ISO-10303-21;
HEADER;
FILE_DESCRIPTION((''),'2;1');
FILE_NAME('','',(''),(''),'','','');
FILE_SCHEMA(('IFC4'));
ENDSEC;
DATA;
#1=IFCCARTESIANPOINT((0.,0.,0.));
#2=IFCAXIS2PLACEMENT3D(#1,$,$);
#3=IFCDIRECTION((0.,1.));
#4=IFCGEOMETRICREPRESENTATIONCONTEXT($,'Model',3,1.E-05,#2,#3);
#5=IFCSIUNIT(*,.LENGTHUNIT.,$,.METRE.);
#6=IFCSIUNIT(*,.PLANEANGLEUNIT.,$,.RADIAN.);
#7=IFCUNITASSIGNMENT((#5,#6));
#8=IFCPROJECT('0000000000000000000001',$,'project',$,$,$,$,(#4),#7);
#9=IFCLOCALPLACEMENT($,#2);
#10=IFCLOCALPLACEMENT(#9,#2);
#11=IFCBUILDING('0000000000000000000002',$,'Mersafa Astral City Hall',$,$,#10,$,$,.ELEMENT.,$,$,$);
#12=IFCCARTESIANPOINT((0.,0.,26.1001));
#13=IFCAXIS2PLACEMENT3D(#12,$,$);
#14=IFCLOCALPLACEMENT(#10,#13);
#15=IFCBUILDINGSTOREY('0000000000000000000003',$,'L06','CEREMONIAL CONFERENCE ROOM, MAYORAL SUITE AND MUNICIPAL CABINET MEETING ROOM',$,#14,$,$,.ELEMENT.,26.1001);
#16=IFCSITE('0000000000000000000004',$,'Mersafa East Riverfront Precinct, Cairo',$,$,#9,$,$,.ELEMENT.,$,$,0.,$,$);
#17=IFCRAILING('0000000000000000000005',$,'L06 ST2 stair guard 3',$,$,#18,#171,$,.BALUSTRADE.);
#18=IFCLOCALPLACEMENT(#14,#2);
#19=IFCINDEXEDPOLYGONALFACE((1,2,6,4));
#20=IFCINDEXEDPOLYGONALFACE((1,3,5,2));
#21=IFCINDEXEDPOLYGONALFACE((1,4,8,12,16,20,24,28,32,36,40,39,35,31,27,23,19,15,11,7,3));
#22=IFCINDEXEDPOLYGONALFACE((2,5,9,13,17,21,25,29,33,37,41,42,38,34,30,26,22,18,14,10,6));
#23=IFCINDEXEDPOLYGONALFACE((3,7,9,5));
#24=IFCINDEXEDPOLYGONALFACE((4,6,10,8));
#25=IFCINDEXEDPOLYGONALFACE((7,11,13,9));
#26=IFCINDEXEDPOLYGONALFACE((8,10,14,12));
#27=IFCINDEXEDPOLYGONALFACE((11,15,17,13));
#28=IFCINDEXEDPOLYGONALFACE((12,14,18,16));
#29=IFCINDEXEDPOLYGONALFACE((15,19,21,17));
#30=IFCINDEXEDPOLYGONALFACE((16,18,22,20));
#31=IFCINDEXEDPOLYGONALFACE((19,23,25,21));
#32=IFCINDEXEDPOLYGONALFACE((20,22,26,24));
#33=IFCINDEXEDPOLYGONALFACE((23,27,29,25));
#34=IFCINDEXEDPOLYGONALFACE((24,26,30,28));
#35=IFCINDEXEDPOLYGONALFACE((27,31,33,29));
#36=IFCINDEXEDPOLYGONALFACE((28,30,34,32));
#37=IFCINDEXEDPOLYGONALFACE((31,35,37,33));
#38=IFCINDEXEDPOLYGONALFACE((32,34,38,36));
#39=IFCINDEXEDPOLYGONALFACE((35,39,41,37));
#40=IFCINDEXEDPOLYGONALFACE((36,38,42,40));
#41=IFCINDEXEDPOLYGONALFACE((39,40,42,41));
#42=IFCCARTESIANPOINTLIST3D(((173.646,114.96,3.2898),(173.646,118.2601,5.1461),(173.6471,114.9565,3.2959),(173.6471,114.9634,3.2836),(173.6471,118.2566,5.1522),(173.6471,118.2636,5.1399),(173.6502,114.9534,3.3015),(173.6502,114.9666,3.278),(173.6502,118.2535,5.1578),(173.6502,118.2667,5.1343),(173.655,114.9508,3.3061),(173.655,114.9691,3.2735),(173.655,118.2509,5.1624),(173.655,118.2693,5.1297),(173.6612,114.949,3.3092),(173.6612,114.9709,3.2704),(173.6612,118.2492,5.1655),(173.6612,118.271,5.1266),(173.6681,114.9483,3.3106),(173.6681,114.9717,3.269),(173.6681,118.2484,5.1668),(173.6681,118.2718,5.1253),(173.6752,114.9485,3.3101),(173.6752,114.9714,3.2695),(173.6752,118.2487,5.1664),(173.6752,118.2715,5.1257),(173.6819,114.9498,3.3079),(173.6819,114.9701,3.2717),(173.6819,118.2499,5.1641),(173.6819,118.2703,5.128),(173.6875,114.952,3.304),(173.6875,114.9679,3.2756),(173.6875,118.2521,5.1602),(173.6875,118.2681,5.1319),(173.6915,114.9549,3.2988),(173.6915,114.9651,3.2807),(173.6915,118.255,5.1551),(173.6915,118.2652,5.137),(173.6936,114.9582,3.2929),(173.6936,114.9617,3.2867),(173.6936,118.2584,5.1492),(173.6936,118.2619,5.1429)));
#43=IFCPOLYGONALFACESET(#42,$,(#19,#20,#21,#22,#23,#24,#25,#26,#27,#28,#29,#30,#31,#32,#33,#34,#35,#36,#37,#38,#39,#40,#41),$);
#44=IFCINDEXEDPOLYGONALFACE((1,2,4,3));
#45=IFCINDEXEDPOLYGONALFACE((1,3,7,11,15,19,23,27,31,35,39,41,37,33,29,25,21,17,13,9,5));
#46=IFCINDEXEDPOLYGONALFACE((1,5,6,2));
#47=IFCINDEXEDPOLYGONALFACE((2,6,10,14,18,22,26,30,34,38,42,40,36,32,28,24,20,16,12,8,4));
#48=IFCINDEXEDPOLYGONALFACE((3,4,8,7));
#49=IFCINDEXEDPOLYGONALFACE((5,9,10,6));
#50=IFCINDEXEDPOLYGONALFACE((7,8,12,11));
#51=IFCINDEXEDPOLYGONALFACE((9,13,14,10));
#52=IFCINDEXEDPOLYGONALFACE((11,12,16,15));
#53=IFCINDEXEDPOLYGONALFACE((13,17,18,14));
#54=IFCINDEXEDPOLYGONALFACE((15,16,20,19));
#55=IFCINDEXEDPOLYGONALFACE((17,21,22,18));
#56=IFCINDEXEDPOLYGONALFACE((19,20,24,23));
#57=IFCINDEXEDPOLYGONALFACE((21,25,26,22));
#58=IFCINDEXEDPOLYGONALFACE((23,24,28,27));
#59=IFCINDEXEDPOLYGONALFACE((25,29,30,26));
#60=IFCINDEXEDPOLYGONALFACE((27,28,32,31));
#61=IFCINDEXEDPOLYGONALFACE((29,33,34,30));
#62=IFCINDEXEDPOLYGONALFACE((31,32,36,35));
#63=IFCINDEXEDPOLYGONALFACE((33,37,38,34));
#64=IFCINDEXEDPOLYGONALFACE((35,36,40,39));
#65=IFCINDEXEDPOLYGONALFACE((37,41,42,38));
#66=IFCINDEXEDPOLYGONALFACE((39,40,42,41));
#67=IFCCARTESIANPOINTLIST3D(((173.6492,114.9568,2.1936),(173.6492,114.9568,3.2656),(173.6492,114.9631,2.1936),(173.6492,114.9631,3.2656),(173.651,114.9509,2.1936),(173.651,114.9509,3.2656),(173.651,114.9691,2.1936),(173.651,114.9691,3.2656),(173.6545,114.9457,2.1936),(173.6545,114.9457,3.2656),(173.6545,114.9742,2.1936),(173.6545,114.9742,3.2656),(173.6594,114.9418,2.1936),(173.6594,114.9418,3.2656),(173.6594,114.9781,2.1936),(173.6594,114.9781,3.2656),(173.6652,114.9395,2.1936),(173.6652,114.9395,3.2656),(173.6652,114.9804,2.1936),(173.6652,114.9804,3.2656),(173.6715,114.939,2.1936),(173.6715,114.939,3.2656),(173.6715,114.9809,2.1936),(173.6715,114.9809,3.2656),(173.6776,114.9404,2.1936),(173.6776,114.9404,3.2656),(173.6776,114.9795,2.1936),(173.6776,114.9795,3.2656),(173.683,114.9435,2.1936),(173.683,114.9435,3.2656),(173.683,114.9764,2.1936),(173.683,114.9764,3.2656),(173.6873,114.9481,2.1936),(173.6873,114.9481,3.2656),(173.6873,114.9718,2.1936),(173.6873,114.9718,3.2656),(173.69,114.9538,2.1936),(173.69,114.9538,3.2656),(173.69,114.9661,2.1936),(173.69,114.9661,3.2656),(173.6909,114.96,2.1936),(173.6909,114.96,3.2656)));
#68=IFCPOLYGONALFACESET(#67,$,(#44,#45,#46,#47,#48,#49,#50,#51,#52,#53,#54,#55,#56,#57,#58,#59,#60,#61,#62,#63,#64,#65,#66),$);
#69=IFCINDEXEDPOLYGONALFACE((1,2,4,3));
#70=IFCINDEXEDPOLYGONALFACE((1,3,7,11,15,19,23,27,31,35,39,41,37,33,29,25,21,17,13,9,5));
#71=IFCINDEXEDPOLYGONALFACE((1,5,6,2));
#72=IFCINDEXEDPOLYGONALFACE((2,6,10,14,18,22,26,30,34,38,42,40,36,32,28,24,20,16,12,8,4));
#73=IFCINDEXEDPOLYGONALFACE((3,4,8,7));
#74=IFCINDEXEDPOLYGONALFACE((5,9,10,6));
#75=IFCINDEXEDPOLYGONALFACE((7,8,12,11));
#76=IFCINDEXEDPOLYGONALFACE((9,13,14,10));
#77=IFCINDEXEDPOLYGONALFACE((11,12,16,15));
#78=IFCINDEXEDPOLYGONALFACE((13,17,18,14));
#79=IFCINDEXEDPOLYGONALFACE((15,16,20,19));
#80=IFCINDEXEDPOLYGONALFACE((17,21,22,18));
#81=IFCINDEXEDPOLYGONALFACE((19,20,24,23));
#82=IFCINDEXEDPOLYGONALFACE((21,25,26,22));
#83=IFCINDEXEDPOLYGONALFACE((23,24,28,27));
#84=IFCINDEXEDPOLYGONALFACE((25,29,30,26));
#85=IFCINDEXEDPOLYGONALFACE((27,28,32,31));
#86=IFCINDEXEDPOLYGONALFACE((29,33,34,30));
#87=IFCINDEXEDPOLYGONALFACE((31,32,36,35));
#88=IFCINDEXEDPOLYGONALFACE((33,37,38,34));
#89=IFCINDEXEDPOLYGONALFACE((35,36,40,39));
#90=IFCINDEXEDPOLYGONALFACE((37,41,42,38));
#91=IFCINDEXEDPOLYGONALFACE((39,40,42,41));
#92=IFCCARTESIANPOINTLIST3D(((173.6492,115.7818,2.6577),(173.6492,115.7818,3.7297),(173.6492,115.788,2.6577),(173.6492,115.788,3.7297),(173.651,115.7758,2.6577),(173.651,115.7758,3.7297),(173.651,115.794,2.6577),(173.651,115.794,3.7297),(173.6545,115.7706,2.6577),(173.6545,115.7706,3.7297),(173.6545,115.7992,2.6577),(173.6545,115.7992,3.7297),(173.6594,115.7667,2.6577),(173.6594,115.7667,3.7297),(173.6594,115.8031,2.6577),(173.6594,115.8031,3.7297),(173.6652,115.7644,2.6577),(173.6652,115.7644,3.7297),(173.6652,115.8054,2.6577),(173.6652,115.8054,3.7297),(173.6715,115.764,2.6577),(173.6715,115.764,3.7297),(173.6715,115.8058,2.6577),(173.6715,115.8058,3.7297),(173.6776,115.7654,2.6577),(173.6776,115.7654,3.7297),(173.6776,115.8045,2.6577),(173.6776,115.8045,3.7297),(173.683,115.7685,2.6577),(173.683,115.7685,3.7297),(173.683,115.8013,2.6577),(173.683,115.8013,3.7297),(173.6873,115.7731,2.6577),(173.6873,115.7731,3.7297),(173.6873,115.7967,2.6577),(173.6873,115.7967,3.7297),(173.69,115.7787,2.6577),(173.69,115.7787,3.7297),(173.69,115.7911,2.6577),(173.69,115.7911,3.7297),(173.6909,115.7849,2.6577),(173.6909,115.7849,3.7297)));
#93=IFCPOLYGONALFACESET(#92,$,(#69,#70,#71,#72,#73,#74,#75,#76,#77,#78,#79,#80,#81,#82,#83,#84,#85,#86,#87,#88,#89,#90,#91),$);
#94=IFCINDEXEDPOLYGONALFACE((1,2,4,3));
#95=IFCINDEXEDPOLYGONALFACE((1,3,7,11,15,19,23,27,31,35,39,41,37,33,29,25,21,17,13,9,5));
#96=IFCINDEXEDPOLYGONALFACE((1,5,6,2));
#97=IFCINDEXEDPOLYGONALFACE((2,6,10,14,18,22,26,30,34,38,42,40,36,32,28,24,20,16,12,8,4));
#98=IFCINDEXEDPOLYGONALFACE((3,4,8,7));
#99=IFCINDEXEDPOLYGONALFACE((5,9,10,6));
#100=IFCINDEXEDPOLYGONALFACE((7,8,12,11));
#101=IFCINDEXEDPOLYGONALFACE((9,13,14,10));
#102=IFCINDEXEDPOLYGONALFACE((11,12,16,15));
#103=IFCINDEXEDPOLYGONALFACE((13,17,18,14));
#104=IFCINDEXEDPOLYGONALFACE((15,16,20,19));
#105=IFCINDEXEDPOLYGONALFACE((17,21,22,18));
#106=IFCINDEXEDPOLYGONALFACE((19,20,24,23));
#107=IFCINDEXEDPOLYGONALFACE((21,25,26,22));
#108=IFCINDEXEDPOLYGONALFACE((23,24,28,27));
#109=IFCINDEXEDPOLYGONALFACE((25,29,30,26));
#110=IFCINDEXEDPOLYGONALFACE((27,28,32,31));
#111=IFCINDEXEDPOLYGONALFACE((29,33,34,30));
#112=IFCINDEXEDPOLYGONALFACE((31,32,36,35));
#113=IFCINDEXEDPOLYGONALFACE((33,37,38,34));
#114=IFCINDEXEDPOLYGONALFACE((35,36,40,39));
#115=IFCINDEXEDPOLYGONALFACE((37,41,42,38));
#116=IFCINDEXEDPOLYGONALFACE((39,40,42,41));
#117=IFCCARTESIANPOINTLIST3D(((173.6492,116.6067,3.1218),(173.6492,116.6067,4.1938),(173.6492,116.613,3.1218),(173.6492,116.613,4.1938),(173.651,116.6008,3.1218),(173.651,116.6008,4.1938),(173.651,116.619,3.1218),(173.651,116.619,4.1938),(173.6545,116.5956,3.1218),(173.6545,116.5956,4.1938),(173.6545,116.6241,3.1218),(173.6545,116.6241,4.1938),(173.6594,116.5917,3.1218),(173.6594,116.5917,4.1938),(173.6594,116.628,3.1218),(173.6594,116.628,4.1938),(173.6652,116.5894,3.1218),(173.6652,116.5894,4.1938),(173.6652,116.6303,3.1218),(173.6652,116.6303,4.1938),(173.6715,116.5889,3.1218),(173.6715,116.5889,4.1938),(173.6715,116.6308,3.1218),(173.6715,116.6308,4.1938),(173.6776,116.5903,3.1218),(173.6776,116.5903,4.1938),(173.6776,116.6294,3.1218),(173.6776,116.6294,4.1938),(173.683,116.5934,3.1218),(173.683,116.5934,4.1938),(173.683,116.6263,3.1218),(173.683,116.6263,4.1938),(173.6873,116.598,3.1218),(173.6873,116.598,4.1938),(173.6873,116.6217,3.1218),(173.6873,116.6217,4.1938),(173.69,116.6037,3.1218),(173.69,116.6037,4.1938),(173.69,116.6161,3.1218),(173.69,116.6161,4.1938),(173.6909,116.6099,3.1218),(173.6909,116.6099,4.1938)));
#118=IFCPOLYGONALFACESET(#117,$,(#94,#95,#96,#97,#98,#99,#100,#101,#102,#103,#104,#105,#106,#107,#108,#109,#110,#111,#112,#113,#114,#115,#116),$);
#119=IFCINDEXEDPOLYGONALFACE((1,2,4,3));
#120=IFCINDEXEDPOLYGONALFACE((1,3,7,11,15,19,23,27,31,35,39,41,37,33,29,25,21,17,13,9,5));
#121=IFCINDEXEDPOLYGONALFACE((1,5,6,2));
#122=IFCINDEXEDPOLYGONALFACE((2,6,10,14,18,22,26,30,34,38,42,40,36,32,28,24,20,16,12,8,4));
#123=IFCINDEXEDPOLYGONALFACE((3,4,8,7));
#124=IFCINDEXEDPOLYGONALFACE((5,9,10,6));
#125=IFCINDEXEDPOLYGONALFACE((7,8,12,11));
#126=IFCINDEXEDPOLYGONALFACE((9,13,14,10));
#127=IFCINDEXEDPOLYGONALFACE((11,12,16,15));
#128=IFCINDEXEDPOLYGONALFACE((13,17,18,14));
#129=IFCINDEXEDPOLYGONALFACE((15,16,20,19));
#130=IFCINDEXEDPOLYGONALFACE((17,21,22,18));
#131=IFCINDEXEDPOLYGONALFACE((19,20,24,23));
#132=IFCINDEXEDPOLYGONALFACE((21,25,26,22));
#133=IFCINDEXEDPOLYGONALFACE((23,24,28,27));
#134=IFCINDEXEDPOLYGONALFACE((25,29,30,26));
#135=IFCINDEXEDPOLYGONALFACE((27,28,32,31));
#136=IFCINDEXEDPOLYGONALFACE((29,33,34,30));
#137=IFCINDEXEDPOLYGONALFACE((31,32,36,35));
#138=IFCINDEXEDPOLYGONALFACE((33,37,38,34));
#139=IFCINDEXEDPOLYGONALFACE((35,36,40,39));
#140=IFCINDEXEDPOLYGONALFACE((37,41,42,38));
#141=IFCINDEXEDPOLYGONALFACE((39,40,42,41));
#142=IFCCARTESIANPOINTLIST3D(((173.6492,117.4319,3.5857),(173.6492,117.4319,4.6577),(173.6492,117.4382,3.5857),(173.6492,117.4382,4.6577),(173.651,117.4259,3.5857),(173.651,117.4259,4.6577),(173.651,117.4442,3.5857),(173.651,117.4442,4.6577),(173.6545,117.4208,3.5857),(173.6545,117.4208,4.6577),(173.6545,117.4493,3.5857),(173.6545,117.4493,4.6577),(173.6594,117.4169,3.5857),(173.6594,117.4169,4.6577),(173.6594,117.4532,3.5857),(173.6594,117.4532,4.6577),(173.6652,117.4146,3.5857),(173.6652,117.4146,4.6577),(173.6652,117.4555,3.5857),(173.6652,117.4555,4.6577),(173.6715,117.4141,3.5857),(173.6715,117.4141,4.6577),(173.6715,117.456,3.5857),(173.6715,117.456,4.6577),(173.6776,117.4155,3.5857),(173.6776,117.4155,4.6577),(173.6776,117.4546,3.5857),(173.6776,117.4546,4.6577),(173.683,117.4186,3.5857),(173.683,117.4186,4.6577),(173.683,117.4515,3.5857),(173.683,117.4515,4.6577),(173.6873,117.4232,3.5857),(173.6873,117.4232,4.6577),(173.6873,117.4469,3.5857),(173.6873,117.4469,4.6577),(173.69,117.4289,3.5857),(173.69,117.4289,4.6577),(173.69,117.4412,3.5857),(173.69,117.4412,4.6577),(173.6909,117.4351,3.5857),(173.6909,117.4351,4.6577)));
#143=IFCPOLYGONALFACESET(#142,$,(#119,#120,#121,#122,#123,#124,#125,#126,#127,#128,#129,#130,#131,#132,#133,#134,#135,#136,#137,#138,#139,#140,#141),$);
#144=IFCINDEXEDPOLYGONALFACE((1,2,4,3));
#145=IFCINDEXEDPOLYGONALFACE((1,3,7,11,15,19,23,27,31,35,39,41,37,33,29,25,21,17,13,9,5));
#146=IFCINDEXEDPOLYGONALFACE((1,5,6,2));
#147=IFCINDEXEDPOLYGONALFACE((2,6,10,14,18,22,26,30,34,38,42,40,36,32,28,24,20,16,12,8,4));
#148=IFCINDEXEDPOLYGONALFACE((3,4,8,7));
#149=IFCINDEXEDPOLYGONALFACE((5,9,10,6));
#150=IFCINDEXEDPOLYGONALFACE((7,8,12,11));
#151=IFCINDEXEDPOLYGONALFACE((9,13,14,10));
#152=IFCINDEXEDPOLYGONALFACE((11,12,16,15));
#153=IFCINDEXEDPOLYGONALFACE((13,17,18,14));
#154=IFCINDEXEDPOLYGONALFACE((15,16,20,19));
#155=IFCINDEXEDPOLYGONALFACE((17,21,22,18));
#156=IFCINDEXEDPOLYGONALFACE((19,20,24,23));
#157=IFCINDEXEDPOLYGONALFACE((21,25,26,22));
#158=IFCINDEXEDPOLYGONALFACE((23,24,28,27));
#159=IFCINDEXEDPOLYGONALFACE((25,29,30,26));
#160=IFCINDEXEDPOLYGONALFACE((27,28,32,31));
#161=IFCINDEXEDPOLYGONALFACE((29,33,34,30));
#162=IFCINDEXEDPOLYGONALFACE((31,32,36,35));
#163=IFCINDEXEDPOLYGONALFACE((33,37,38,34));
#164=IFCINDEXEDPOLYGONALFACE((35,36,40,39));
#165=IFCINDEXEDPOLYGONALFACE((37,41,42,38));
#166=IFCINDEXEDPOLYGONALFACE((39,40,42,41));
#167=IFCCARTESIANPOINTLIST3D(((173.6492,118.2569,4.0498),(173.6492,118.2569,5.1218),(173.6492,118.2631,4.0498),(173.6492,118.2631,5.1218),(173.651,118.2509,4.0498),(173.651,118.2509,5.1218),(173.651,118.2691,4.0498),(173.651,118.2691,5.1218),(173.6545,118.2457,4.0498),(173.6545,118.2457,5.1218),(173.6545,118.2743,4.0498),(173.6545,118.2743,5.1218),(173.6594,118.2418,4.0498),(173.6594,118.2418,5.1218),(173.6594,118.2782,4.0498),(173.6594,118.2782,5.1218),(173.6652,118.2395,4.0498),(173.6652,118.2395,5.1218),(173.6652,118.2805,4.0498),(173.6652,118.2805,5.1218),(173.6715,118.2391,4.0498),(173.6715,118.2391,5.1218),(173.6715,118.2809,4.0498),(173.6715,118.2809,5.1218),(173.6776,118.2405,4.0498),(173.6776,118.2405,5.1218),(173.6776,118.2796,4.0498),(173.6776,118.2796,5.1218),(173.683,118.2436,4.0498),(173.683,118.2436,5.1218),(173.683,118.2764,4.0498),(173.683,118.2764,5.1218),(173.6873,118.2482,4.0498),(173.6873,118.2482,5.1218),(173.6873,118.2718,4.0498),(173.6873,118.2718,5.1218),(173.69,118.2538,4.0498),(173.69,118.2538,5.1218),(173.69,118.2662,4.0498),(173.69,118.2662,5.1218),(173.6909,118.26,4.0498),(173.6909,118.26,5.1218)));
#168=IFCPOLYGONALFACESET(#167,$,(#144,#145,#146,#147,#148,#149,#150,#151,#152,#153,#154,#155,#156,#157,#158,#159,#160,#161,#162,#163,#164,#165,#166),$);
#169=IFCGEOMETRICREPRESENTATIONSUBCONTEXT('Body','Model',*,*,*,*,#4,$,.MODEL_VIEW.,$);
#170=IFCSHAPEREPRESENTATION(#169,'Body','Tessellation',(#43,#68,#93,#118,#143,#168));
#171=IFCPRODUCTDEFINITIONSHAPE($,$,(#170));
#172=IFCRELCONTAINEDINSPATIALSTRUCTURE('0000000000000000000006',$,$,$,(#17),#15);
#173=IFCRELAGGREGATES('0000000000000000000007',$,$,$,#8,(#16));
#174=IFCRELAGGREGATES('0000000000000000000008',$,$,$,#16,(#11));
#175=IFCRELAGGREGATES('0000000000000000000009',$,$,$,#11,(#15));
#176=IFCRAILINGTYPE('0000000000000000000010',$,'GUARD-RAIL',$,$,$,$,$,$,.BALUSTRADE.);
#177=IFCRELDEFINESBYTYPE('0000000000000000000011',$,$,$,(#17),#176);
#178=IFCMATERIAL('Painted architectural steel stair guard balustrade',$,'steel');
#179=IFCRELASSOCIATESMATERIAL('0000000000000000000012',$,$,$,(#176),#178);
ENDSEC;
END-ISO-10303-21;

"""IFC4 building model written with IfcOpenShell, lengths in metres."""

from ifc_helpers import new_model, si_unit, direction, frame, origin, origin_2d, place, context, subcontext, project, spatial, circle, extrude, material, type_object, element, save


model = new_model("IFC4")

# Units and contexts
model_context = context("Model", 3, precision=1e-05, world=origin(), true_north=direction((0.0, 1.0)))
body_context = subcontext(model_context, "Body", "Model", "MODEL_VIEW")
ifc_project = project(units=[si_unit("LENGTHUNIT", "METRE"), si_unit("PLANEANGLEUNIT", "RADIAN")], contexts=[model_context])

# Site, building, storey
site_placement = place(None, origin())
site = spatial("IfcSite", under=ifc_project, at=site_placement, Name="Mersafa East Riverfront Precinct, Cairo", CompositionType="ELEMENT", RefElevation=0.0)
building_placement = place(site_placement, origin())
building = spatial("IfcBuilding", under=site, at=building_placement, Name="Mersafa Astral City Hall", CompositionType="ELEMENT")
storey_placement = place(building_placement, frame((0.0, 0.0, 26.1001)))
storey = spatial("IfcBuildingStorey", under=building, at=storey_placement, Name="L06", Description="CEREMONIAL CONFERENCE ROOM, MAYORAL SUITE AND MUNICIPAL CABINET MEETING ROOM", CompositionType="ELEMENT", Elevation=26.1001)

# Railing
ifc_material_1 = material(Name="Painted architectural steel stair guard balustrade", Category="steel")
railing_type_1 = type_object("IfcRailingType", Name="GUARD-RAIL", PredefinedType="BALUSTRADE", material=ifc_material_1)
railing_1_placement = place(storey_placement, frame((173.6699, 114.96, 2.1936)))
element("IfcRailing", 1, at=railing_1_placement, inside=storey, type_object=railing_type_1, Name="L06 ST2 stair guard 3", PredefinedType="BALUSTRADE", context=body_context, shape_type="SweptSolid", body=[
    extrude(circle(Radius=0.0239, at=origin_2d()), frame((0.0, 0.0, 1.0962), z_axis=(0.0, 0.871584, 0.490246), x_axis=(-1.0, 0.0, 0.0)), (0.0, 0.0, 1.0), 3.7864),
    extrude(circle(Radius=0.021, at=origin_2d()), origin(), (0.0, 0.0, 1.0), 1.072),
    extrude(circle(Radius=0.021, at=origin_2d()), frame((0.0, 0.825, 0.4641)), (0.0, 0.0, 1.0), 1.072),
    extrude(circle(Radius=0.021, at=origin_2d()), frame((0.0, 1.6499, 0.9282)), (0.0, 0.0, 1.0), 1.072),
    extrude(circle(Radius=0.021, at=origin_2d()), frame((0.0, 2.4751, 1.3921)), (0.0, 0.0, 1.0), 1.072),
    extrude(circle(Radius=0.021, at=origin_2d()), frame((0.0, 3.3, 1.8562)), (0.0, 0.0, 1.0), 1.072),
])

save(model, "model.ifc")
